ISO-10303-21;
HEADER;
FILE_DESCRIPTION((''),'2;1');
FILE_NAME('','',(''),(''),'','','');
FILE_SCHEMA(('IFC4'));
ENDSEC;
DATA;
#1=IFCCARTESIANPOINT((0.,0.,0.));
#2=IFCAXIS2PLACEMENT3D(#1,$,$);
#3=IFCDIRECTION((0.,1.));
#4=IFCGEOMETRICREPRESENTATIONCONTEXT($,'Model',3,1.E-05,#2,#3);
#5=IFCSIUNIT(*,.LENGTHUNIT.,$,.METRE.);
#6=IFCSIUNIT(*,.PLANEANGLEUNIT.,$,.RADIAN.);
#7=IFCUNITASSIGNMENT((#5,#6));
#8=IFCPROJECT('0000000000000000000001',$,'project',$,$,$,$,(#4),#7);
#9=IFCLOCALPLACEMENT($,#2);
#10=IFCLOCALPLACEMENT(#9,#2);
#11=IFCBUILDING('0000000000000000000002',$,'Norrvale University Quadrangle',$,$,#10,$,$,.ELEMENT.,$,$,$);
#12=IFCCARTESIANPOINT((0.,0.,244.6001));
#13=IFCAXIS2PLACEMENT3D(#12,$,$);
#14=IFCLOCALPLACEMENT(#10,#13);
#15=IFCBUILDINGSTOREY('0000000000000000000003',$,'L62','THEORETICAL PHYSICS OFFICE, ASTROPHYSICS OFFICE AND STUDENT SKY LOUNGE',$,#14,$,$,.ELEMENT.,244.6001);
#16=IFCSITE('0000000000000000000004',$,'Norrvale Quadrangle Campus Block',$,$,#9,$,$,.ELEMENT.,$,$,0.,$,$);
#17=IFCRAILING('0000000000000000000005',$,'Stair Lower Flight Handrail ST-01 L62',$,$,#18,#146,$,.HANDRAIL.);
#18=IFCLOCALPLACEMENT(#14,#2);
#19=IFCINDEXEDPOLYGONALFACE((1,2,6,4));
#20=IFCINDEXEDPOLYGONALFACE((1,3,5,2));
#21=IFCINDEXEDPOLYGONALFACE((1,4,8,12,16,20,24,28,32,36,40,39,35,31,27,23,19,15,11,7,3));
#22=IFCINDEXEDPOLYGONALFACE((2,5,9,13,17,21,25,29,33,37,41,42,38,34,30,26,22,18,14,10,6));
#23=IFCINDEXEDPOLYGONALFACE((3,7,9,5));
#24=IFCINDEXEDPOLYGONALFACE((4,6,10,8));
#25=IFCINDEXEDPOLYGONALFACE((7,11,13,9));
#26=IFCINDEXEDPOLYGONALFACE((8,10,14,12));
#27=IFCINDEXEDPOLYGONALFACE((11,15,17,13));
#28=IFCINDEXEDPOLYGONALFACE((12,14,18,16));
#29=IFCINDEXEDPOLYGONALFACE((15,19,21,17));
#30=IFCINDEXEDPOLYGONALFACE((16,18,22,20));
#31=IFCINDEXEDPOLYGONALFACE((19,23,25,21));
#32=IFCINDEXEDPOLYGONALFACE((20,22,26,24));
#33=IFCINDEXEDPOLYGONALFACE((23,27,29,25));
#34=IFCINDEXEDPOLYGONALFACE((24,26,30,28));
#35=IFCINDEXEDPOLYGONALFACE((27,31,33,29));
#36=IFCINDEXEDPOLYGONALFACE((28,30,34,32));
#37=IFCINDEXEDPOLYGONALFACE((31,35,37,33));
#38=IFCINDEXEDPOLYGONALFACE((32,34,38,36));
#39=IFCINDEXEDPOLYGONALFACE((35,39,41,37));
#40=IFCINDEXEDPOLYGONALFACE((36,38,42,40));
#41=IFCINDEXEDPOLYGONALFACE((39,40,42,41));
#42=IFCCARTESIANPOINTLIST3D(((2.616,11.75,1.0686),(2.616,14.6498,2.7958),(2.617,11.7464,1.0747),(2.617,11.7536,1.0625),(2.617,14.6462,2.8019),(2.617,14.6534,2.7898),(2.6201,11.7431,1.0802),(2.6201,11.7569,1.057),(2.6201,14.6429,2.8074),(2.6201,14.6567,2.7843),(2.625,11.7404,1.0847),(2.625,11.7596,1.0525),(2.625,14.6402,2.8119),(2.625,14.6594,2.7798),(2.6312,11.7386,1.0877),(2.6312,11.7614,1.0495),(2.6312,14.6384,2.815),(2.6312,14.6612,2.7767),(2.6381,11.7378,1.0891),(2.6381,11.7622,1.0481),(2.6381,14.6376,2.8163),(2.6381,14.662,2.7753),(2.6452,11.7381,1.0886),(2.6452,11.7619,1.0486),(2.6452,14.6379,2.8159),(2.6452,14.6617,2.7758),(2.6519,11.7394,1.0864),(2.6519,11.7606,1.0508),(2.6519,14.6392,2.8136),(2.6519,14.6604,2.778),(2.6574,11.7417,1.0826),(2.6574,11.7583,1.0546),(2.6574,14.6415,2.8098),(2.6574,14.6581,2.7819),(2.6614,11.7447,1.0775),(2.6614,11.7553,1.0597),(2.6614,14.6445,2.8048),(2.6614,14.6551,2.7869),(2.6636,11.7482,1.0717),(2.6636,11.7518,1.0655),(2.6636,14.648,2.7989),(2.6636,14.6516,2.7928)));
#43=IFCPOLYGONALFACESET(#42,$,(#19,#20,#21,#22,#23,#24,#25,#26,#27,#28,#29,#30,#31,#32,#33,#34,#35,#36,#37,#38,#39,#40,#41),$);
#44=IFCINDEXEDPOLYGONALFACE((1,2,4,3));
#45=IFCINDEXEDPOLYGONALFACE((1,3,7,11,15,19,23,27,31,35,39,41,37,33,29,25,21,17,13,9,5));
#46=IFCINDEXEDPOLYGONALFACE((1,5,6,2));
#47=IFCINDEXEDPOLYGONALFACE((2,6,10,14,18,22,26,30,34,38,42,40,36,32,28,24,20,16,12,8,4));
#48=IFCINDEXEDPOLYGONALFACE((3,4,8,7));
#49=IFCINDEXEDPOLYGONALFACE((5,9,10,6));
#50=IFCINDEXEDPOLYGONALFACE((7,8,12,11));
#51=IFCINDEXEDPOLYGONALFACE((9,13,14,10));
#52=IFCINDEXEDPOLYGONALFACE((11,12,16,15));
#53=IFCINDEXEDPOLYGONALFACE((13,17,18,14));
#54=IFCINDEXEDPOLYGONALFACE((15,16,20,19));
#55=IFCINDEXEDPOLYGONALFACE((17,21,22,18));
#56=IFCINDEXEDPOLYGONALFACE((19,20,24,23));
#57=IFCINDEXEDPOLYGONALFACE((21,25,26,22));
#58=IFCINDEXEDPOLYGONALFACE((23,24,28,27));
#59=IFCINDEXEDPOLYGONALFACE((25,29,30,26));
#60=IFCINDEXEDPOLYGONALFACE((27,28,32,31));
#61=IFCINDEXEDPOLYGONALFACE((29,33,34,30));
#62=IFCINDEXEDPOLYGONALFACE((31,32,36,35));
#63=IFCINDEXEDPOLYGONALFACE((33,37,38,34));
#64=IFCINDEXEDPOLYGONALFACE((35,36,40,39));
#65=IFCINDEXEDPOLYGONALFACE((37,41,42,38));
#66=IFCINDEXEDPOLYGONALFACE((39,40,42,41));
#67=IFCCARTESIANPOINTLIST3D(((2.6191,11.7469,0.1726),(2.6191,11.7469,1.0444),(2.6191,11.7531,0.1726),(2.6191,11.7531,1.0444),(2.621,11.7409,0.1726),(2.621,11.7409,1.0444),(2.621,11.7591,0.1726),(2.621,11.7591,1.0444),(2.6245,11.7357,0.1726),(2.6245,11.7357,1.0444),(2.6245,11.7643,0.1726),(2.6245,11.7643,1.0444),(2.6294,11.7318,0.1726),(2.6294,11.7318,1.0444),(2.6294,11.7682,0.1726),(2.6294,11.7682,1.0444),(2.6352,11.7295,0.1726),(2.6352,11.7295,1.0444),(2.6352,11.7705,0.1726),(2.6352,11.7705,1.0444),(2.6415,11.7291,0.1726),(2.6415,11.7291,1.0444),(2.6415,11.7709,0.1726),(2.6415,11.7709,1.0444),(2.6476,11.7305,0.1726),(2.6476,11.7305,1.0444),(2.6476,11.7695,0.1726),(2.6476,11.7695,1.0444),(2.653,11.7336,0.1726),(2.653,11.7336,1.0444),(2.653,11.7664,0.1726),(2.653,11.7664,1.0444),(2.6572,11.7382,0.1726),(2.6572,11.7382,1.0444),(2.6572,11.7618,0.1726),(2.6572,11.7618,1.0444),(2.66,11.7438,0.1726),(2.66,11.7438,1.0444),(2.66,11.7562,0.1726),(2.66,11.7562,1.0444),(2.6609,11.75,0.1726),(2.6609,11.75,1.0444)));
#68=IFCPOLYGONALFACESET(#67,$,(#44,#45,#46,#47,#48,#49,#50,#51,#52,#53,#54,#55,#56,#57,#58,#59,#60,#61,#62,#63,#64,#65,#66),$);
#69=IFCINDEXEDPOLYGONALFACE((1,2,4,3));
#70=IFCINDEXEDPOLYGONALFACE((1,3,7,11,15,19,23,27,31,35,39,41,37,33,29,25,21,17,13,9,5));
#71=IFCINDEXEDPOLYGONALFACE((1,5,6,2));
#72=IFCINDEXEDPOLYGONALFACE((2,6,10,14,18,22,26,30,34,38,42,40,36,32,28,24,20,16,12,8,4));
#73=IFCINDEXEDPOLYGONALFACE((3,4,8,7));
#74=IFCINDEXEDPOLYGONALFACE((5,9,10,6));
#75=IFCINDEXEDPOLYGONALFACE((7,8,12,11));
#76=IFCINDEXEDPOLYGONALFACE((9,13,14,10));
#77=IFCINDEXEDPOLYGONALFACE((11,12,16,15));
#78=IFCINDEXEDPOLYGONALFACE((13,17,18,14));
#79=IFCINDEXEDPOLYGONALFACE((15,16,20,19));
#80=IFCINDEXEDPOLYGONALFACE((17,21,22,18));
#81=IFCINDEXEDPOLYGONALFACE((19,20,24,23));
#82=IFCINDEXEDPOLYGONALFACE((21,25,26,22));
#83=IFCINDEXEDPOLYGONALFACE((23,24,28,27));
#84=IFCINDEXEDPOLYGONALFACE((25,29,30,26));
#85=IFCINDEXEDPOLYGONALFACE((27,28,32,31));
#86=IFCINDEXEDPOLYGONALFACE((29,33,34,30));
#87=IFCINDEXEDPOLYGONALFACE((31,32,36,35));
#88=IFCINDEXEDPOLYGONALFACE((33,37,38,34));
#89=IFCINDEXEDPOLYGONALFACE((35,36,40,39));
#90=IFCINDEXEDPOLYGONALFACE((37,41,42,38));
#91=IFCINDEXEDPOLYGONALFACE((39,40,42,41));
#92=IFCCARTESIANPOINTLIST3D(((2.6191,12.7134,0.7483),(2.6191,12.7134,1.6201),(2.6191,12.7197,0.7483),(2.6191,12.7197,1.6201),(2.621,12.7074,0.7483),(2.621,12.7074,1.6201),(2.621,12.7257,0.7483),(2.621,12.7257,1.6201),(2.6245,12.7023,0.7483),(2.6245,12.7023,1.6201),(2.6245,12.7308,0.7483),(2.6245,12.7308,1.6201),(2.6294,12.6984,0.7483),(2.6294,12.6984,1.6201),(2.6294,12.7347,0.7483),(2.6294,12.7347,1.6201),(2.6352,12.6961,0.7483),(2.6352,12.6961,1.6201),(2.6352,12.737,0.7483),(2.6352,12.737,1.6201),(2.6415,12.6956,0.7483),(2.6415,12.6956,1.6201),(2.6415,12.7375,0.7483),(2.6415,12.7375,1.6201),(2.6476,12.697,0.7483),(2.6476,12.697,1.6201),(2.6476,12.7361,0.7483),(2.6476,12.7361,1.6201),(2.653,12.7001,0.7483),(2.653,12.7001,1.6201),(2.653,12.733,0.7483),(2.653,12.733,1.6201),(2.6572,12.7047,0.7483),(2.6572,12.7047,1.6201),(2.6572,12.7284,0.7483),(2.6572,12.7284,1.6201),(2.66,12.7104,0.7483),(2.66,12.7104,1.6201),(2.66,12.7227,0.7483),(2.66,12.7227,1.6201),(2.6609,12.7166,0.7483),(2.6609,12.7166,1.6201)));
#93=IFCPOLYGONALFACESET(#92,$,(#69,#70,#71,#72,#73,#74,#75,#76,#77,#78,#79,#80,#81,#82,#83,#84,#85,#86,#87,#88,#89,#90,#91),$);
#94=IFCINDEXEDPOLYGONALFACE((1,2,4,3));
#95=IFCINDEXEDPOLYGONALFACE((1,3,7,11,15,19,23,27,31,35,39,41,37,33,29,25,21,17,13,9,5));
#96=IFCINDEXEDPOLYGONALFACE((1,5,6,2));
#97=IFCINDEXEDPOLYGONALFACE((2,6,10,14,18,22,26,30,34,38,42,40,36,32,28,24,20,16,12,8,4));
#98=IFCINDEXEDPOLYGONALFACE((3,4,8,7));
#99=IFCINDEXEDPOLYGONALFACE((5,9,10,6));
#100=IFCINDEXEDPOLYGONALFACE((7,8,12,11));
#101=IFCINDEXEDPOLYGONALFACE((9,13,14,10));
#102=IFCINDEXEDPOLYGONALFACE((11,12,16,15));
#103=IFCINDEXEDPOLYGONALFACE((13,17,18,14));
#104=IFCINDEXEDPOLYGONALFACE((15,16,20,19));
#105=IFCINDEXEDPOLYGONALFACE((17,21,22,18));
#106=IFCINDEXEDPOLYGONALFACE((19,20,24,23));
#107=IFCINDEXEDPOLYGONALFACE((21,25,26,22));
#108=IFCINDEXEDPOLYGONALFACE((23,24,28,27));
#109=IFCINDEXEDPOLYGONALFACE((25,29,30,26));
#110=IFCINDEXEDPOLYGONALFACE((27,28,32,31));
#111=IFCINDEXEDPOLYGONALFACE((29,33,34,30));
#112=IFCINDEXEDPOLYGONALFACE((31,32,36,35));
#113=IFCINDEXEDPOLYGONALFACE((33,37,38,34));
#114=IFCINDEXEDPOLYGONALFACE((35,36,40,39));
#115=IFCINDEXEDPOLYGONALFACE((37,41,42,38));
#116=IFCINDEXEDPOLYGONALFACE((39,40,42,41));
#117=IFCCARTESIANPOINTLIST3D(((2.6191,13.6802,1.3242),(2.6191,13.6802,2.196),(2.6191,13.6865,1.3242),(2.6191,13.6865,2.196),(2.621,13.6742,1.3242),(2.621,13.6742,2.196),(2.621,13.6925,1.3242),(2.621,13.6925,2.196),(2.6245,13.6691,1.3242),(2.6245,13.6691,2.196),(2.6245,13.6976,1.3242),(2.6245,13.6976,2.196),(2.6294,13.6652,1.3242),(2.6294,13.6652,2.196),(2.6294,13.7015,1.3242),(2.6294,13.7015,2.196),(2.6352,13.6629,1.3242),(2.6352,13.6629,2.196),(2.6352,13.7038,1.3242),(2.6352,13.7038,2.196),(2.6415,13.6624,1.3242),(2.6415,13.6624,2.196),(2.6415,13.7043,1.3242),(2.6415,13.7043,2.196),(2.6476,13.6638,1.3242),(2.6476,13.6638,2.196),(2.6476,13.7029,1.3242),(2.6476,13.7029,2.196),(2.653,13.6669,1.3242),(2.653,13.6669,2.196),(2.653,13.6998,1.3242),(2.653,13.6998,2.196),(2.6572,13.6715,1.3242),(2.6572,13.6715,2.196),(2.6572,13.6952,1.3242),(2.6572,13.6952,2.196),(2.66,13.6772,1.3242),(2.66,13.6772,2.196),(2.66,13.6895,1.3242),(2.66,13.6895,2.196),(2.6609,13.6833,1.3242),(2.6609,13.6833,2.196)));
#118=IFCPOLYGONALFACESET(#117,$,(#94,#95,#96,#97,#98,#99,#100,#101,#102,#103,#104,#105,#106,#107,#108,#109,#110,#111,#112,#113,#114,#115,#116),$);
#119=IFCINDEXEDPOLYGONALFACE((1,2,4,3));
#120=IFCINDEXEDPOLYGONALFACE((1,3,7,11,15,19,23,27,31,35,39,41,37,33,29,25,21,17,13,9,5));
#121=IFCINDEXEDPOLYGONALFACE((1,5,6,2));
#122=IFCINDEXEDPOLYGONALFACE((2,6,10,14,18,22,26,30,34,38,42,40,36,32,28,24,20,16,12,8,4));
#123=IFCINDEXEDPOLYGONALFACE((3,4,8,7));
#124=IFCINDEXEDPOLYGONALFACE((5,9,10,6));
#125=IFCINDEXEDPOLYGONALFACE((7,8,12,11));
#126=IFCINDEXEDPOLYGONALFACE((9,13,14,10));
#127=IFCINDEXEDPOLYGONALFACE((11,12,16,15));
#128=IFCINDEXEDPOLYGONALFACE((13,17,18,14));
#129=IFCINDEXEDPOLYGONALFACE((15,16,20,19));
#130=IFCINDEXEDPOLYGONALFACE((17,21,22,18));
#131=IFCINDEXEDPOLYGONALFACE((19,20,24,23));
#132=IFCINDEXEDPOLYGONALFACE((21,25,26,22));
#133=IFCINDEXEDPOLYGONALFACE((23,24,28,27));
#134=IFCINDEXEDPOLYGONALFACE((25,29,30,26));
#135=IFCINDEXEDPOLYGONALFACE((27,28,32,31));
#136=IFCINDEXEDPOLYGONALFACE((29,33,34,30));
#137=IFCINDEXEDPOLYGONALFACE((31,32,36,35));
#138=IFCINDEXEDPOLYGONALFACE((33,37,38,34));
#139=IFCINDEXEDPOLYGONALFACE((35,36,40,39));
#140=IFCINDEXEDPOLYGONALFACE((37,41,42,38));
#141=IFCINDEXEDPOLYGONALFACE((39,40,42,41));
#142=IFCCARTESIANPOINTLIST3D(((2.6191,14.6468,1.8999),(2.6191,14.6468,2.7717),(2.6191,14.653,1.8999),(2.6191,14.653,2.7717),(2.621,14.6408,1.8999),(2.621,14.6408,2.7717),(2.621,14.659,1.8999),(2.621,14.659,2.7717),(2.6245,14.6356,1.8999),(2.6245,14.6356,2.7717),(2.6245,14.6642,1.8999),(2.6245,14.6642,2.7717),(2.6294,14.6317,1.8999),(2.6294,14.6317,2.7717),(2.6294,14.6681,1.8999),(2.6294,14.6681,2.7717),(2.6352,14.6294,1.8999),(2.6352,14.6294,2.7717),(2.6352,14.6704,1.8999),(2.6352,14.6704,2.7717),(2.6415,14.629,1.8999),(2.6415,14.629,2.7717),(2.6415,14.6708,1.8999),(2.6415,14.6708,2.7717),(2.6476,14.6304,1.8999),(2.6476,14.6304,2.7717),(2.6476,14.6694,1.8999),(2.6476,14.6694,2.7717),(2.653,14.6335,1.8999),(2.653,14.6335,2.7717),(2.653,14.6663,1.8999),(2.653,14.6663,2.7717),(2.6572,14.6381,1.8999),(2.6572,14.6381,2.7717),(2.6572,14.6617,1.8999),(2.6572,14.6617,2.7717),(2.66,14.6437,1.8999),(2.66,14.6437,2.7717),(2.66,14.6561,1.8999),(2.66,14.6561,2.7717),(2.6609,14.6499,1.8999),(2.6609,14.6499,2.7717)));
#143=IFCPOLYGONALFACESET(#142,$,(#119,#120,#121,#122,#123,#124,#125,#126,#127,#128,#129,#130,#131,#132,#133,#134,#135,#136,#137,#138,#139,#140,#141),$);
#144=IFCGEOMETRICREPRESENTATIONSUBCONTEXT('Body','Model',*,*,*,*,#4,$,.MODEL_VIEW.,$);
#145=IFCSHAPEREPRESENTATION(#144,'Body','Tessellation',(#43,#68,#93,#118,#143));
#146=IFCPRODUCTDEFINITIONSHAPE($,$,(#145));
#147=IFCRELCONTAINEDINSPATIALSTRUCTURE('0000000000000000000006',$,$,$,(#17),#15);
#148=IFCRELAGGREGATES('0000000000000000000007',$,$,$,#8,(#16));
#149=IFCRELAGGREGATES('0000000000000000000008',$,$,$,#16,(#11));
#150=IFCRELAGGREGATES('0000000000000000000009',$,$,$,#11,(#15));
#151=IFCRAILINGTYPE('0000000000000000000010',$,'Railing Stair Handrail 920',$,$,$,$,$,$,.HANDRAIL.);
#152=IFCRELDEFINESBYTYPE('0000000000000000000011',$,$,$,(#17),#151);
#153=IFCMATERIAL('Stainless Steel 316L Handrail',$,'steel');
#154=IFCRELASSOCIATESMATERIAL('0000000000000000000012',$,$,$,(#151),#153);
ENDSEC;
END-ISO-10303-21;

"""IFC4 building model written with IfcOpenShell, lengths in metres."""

from ifc_helpers import new_model, si_unit, direction, frame, origin, origin_2d, place, context, subcontext, project, spatial, circle, extrude, material, type_object, element, save


model = new_model("IFC4")

# Units and contexts
model_context = context("Model", 3, precision=1e-05, world=origin(), true_north=direction((0.0, 1.0)))
body_context = subcontext(model_context, "Body", "Model", "MODEL_VIEW")
ifc_project = project(units=[si_unit("LENGTHUNIT", "METRE"), si_unit("PLANEANGLEUNIT", "RADIAN")], contexts=[model_context])

# Site, building, storey
site_placement = place(None, origin())
site = spatial("IfcSite", under=ifc_project, at=site_placement, Name="Norrvale Quadrangle Campus Block", CompositionType="ELEMENT", RefElevation=0.0)
building_placement = place(site_placement, origin())
building = spatial("IfcBuilding", under=site, at=building_placement, Name="Norrvale University Quadrangle", CompositionType="ELEMENT")
storey_placement = place(building_placement, frame((0.0, 0.0, 244.6001)))
storey = spatial("IfcBuildingStorey", under=building, at=storey_placement, Name="L62", Description="THEORETICAL PHYSICS OFFICE, ASTROPHYSICS OFFICE AND STUDENT SKY LOUNGE", CompositionType="ELEMENT", Elevation=244.6001)

# Railing
ifc_material_1 = material(Name="Stainless Steel 316L Handrail", Category="steel")
railing_type_1 = type_object("IfcRailingType", Name="Railing Stair Handrail 920", PredefinedType="HANDRAIL", material=ifc_material_1)
railing_1_placement = place(storey_placement, frame((2.6399, 11.75, 0.1726)))
element("IfcRailing", 1, at=railing_1_placement, inside=storey, type_object=railing_type_1, Name="Stair Lower Flight Handrail ST-01 L62", PredefinedType="HANDRAIL", context=body_context, shape_type="SweptSolid", body=[
    extrude(circle(Radius=0.0239, at=origin_2d()), frame((0.0, 0.0, 0.896), z_axis=(0.0, 0.859141, 0.511738), x_axis=(-1.0, 0.0, 0.0)), (0.0, 0.0, 1.0), 3.3752),
    extrude(circle(Radius=0.021, at=origin_2d()), origin(), (0.0, 0.0, 1.0), 0.8718),
    extrude(circle(Radius=0.021, at=origin_2d()), frame((0.0, 0.9666, 0.5757)), (0.0, 0.0, 1.0), 0.8718),
    extrude(circle(Radius=0.021, at=origin_2d()), frame((0.0, 1.9333, 1.1516)), (0.0, 0.0, 1.0), 0.8718),
    extrude(circle(Radius=0.021, at=origin_2d()), frame((0.0, 2.8999, 1.7273)), (0.0, 0.0, 1.0), 0.8718),
])

save(model, "model.ifc")
